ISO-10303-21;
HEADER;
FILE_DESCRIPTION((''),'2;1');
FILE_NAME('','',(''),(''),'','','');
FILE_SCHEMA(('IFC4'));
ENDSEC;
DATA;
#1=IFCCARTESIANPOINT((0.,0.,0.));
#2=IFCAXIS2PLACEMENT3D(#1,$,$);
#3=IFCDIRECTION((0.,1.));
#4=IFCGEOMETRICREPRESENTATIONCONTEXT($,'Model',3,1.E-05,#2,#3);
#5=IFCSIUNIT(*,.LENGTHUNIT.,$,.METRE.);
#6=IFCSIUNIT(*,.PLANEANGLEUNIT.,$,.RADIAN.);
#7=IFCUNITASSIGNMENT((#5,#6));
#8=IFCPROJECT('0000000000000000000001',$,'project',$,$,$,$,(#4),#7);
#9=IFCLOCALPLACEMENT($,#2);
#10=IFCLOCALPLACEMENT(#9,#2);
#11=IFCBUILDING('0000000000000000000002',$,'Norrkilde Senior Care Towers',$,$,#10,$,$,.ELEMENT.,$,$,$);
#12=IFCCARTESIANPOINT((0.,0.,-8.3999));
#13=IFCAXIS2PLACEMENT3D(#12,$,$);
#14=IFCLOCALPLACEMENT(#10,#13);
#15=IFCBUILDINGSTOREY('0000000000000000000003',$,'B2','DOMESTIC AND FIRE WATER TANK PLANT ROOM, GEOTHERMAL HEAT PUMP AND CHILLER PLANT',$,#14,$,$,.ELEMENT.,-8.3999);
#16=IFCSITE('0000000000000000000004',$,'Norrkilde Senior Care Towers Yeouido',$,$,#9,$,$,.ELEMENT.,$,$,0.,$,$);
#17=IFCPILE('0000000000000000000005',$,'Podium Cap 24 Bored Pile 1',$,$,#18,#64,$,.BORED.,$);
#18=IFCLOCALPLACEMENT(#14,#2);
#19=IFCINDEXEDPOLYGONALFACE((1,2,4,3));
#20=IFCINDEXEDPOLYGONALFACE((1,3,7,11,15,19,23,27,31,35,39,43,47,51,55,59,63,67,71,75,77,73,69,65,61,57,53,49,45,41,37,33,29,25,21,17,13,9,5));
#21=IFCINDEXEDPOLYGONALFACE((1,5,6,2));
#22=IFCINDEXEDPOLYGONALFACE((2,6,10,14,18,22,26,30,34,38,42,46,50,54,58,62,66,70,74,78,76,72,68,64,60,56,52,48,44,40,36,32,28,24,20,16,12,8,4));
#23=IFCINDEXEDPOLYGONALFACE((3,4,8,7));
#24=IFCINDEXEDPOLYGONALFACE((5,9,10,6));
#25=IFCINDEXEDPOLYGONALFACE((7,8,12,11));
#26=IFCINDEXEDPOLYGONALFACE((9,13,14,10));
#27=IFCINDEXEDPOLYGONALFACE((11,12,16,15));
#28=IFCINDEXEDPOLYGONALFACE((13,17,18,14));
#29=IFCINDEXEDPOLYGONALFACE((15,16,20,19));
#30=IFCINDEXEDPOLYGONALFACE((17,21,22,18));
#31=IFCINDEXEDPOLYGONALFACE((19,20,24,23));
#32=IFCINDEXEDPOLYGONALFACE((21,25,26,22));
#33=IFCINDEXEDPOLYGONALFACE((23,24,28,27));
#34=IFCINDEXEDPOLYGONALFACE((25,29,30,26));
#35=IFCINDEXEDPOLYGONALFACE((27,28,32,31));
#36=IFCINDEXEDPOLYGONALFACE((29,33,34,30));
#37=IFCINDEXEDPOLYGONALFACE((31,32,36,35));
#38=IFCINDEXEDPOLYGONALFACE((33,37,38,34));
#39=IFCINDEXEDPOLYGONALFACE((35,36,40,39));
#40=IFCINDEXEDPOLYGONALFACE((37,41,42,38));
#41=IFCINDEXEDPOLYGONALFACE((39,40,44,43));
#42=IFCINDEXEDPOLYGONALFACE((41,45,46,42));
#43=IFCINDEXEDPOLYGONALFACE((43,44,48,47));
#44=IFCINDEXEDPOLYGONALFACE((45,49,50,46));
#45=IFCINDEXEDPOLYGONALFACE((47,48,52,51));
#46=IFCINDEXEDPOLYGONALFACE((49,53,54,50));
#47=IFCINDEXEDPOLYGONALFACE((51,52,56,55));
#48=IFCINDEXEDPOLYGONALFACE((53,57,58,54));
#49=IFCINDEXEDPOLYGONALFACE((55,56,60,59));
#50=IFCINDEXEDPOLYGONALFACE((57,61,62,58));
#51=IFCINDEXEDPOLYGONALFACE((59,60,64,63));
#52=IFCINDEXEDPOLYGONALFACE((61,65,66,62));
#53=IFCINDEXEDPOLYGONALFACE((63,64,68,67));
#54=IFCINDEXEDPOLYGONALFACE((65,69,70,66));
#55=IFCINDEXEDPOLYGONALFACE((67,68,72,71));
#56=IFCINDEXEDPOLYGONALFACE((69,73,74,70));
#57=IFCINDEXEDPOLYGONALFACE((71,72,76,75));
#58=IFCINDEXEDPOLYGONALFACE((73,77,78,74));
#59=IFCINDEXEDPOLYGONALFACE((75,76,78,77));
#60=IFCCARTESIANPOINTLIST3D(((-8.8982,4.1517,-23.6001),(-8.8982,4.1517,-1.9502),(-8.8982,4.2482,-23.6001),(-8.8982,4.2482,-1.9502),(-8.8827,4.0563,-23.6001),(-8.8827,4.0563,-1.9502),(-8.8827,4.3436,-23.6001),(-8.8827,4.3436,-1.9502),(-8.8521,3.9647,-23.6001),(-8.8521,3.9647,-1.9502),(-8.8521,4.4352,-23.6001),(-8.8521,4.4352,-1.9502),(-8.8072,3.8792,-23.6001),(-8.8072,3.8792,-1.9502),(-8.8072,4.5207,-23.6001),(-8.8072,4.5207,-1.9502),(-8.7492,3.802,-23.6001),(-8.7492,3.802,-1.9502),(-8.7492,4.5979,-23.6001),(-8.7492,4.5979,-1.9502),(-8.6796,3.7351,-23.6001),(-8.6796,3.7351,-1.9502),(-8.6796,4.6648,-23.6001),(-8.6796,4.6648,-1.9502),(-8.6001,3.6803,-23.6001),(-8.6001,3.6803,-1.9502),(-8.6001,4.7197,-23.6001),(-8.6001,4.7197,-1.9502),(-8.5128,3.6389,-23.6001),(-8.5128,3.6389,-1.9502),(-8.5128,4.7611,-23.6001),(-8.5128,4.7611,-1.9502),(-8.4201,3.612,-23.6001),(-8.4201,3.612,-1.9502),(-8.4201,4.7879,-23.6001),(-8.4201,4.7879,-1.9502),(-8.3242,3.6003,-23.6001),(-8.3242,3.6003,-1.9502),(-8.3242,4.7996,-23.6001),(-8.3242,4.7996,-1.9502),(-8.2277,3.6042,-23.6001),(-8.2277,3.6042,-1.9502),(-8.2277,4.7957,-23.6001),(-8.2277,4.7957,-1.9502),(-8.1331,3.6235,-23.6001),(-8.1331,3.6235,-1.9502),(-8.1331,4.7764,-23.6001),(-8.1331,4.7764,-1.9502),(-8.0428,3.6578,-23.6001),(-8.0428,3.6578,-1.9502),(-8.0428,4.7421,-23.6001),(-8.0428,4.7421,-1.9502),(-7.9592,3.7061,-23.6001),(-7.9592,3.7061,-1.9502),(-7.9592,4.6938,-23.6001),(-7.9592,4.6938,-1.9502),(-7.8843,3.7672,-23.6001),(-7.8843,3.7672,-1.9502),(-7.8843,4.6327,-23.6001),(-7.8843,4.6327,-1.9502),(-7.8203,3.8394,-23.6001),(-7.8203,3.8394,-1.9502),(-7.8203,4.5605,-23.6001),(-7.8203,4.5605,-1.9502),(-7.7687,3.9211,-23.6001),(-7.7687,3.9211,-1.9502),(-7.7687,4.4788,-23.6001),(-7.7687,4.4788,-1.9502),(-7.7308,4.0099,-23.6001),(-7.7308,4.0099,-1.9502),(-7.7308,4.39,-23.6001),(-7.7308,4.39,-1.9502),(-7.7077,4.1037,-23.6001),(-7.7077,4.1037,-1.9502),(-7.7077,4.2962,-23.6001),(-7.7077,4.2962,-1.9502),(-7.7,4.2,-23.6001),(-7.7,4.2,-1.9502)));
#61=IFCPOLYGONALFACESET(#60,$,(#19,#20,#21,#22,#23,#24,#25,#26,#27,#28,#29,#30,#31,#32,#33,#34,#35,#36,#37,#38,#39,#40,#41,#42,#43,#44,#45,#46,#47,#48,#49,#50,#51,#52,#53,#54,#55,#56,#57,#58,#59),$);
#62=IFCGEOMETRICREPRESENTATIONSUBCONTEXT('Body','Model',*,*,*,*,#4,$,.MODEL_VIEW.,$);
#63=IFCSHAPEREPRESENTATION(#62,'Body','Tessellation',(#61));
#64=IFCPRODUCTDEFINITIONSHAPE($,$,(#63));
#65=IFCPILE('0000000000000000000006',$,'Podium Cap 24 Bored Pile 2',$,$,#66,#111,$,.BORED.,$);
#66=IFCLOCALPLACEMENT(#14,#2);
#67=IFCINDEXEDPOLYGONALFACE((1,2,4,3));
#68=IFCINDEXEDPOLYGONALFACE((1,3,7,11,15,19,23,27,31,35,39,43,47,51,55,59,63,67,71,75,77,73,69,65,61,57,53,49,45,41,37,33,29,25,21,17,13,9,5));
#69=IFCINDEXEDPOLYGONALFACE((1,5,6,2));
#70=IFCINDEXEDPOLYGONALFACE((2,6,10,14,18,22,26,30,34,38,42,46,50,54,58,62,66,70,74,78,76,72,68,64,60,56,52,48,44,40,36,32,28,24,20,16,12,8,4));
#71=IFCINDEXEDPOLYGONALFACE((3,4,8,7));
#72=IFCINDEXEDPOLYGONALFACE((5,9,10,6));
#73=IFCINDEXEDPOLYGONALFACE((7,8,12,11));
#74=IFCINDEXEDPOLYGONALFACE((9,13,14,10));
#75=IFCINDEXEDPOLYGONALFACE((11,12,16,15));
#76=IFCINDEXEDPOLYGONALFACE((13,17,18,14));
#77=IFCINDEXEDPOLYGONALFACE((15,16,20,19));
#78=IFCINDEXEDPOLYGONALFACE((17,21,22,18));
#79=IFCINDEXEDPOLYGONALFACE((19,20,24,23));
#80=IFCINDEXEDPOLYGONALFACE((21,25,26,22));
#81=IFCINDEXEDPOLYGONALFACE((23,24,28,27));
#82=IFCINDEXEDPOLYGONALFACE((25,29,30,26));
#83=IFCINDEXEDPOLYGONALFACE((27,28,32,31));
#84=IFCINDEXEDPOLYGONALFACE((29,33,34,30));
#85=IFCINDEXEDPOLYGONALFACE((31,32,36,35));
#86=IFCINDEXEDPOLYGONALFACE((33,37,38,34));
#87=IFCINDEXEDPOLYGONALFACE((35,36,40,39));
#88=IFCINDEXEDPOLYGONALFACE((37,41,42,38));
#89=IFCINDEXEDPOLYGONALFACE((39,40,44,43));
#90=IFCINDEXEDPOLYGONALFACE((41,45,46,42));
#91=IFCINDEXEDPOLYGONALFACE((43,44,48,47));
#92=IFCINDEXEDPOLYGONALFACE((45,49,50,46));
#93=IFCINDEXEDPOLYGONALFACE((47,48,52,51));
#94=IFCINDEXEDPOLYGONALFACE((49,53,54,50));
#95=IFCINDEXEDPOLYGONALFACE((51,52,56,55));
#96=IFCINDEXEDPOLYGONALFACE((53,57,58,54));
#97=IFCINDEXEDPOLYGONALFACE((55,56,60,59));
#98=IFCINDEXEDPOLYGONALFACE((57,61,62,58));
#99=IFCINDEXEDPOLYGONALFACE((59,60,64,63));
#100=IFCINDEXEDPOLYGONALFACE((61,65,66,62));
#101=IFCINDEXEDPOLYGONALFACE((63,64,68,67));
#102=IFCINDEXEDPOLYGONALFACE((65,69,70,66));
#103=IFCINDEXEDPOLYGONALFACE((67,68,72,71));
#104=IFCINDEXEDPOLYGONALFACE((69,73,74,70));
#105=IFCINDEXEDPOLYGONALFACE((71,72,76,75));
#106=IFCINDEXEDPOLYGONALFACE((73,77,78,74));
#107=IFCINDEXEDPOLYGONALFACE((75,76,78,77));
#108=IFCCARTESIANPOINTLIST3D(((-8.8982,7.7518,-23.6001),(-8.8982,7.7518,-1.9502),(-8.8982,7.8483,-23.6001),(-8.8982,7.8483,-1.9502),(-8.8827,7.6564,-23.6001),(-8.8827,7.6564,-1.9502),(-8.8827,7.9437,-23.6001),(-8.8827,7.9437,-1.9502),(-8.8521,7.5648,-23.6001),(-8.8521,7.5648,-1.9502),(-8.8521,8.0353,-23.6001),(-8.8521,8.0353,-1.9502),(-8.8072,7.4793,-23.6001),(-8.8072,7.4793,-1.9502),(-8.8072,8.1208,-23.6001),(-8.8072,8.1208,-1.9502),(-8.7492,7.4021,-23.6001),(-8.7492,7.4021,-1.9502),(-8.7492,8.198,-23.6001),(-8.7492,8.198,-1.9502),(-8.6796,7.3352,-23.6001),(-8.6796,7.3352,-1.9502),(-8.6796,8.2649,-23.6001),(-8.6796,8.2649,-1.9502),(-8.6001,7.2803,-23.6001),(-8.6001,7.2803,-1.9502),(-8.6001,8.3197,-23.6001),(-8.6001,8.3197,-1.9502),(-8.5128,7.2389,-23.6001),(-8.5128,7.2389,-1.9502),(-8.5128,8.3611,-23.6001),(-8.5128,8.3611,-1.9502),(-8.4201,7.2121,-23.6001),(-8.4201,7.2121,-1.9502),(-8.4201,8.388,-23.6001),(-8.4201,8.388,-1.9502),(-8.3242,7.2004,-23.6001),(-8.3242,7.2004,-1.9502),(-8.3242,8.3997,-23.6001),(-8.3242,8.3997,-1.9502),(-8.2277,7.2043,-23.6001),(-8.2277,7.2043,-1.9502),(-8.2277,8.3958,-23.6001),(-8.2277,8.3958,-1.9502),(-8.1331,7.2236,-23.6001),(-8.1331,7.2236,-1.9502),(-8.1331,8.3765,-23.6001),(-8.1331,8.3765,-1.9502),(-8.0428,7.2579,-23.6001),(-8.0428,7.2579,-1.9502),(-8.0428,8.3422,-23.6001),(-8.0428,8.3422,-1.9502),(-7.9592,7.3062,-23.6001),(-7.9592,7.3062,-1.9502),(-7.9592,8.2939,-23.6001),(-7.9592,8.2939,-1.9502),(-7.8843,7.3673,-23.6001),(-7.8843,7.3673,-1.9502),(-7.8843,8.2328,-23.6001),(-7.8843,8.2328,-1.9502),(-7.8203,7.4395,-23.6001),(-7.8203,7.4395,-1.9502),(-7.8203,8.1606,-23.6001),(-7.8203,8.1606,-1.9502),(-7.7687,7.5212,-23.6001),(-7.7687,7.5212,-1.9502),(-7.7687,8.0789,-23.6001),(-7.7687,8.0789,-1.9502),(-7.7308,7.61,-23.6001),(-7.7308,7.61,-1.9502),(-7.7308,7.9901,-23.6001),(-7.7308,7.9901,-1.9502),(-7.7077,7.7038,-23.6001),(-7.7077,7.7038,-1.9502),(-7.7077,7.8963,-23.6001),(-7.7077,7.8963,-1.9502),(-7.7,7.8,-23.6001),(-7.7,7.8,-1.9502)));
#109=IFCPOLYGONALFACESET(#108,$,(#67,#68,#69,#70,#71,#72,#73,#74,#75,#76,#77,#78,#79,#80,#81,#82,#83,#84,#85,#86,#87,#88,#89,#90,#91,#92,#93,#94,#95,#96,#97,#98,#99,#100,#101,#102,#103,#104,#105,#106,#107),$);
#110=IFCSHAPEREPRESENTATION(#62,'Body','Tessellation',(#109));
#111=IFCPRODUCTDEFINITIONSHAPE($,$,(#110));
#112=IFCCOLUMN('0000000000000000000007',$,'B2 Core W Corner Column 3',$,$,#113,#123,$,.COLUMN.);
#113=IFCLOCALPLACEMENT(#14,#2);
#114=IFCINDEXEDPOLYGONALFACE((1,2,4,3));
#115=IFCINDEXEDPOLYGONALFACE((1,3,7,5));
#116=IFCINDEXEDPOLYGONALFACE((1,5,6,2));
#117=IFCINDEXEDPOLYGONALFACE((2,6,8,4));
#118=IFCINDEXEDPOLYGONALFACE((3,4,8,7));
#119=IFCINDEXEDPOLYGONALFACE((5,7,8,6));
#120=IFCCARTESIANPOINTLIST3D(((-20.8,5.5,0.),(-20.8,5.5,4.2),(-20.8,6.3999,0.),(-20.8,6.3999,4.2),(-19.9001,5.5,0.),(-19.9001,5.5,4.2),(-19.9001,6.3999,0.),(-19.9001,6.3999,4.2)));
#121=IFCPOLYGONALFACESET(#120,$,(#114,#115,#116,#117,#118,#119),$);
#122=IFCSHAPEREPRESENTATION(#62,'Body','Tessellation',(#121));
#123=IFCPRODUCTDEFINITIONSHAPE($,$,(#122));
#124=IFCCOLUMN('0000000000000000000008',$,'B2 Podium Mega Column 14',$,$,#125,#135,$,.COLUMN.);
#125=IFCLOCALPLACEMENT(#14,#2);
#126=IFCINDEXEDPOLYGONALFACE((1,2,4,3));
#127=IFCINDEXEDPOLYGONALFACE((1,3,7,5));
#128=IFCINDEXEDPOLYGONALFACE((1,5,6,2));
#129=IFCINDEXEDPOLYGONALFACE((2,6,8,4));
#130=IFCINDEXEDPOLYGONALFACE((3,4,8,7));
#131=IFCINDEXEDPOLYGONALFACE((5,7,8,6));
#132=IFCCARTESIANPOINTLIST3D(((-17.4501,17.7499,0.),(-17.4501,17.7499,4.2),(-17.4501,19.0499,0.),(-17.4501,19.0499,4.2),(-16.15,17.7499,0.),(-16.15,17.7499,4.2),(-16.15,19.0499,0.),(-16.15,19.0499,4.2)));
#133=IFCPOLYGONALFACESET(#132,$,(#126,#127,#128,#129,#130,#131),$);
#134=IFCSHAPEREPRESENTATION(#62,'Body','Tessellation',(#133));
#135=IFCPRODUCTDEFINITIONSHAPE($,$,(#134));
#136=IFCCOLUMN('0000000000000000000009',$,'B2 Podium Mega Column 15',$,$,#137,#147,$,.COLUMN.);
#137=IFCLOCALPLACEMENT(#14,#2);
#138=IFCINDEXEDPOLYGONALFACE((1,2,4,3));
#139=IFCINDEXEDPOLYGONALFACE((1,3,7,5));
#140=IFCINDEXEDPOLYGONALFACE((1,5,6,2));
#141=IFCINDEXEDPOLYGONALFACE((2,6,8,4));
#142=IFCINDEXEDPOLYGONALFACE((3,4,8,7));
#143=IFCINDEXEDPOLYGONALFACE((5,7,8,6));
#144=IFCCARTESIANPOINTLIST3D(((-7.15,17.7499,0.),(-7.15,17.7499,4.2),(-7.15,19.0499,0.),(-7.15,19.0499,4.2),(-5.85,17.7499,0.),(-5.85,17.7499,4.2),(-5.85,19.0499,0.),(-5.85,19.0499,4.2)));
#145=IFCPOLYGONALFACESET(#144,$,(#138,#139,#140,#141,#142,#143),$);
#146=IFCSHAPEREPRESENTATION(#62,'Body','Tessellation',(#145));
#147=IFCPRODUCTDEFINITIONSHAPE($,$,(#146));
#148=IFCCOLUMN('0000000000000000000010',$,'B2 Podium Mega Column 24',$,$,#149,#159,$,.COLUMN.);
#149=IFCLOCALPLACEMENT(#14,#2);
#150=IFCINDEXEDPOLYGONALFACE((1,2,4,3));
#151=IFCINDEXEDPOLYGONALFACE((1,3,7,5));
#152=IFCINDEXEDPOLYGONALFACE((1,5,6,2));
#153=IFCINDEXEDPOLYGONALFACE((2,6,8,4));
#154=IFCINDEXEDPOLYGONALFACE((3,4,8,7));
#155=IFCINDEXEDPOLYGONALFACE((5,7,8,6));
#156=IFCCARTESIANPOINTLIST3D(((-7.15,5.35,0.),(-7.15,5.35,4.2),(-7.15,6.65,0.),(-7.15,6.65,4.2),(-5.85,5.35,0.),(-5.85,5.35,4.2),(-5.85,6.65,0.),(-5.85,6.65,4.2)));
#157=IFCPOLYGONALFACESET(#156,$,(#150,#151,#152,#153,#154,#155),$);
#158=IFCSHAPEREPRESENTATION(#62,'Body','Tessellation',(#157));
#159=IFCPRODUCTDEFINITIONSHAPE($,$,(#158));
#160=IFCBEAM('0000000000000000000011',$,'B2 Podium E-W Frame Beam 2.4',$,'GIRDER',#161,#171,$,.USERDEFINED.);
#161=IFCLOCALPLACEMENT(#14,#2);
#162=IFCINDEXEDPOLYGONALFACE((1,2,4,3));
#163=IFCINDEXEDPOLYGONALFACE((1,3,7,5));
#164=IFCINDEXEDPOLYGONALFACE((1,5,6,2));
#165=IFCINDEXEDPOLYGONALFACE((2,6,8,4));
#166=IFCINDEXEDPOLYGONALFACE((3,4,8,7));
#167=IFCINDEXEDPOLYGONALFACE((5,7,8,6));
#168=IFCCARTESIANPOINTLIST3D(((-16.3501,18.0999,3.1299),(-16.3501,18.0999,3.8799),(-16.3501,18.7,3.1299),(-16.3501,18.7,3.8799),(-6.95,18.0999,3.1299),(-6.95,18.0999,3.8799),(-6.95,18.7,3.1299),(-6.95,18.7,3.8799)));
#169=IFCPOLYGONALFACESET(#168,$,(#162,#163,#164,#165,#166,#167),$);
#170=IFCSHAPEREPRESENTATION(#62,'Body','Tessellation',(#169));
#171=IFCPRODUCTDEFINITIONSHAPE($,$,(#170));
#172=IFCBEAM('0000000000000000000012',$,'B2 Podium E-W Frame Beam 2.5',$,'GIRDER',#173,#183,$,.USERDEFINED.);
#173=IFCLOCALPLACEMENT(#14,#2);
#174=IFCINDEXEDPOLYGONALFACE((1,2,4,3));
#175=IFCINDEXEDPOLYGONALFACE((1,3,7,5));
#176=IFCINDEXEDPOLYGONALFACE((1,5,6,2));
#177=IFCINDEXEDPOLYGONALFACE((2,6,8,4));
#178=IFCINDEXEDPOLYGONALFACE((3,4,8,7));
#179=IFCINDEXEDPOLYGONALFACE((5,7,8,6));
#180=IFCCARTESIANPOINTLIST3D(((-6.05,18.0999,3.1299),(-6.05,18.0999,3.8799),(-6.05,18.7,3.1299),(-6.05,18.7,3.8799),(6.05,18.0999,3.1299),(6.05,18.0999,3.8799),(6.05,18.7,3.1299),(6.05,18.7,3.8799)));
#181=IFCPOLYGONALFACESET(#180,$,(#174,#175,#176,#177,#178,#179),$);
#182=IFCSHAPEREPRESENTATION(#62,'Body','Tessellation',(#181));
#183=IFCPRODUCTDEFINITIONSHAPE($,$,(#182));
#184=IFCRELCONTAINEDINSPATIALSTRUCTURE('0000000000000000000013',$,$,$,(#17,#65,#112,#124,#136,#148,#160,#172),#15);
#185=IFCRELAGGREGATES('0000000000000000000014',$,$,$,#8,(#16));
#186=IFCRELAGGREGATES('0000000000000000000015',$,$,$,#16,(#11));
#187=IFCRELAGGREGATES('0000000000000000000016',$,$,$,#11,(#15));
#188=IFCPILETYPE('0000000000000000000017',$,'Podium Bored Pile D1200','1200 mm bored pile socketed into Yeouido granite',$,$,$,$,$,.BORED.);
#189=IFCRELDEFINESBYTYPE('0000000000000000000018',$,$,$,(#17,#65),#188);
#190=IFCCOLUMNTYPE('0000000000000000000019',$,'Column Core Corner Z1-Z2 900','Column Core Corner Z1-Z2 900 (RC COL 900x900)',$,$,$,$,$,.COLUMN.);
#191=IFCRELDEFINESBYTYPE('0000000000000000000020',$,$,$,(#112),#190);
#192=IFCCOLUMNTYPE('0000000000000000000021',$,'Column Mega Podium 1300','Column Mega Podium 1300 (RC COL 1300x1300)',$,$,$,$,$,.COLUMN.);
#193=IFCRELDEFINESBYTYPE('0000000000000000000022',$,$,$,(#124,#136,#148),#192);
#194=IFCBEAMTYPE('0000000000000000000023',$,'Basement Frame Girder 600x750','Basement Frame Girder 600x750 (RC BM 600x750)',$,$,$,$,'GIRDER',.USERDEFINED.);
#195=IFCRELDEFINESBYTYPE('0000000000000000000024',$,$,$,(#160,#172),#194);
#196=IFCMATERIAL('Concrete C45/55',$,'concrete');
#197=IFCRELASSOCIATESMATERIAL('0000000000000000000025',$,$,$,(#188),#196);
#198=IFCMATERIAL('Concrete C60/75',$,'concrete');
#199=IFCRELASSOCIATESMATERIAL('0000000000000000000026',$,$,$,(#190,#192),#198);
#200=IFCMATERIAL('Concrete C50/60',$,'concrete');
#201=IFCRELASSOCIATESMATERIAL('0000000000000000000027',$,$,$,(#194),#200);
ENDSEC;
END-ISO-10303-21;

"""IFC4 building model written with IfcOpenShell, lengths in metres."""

from ifc_helpers import new_model, si_unit, direction, frame, origin, origin_2d, place, context, subcontext, project, spatial, rectangle, circle, extrude, source, transform, mapped, material, material_profile, profile_set, type_object, type_shapes, element, save


model = new_model("IFC4")

# Units and contexts
model_context = context("Model", 3, precision=1e-05, world=origin(), true_north=direction((0.0, 1.0)))
body_context = subcontext(model_context, "Body", "Model", "MODEL_VIEW")
ifc_project = project(units=[si_unit("LENGTHUNIT", "METRE"), si_unit("PLANEANGLEUNIT", "RADIAN")], contexts=[model_context])

# Site, building, storey
site_placement = place(None, origin())
site = spatial("IfcSite", under=ifc_project, at=site_placement, Name="Norrkilde Senior Care Towers Yeouido", CompositionType="ELEMENT", RefElevation=0.0)
building_placement = place(site_placement, origin())
building = spatial("IfcBuilding", under=site, at=building_placement, Name="Norrkilde Senior Care Towers", CompositionType="ELEMENT")
storey_placement = place(building_placement, frame((0.0, 0.0, -8.3999)))
storey = spatial("IfcBuildingStorey", under=building, at=storey_placement, Name="B2", Description="DOMESTIC AND FIRE WATER TANK PLANT ROOM, GEOTHERMAL HEAT PUMP AND CHILLER PLANT", CompositionType="ELEMENT", Elevation=-8.3999)

# Piles
ifc_material_1 = material(Name="Concrete C45/55", Category="concrete")
ifc_material_profile_1 = material_profile(ifc_material_1, circle(Radius=0.6001, at=origin_2d()), Name="BORED PILE 1200")
ifc_profile_set_1 = profile_set([ifc_material_profile_1], Name="Concrete C45/55")
pile_type_1 = type_object("IfcPileType", Name="Podium Bored Pile D1200", Description="1200 mm bored pile socketed into Yeouido granite", PredefinedType="BORED", material=ifc_profile_set_1)
shared_shape_1 = source(origin(), body_context, "Body", "SweptSolid", [
    extrude(circle(Radius=0.6001, at=origin_2d()), origin(), (0.0, 0.0, 1.0), 21.6499),
])
for number, where, z_axis, x_axis, name in (
    (1, (-8.3, 4.2, -1.9502), (0.0, 0.0, -1.0), (1.0, 0.0, 0.0), "Podium Cap 24 Bored Pile 1"),
    (2, (-8.3, 7.8, -1.9502), (0.0, 0.0, -1.0), (1.0, 0.0, 0.0), "Podium Cap 24 Bored Pile 2"),
):
    element("IfcPile", number, at=place(storey_placement, frame(where, z_axis=z_axis, x_axis=x_axis)), inside=storey, type_object=pile_type_1, Name=name, PredefinedType="BORED", context=body_context, shape_type="MappedRepresentation", body=[
        mapped(shared_shape_1, transform((0.0, 0.0, 0.0), x_axis=(1.0, 0.0, 0.0), y_axis=(0.0, 1.0, 0.0), z_axis=(0.0, 0.0, 1.0), scale=1.0)),
    ])

# Columns
ifc_material_2 = material(Name="Concrete C60/75", Category="concrete")
ifc_material_profile_2 = material_profile(ifc_material_2, rectangle(XDim=0.8999, YDim=0.8999, at=origin_2d()), Name="RC COL 900x900")
ifc_profile_set_2 = profile_set([ifc_material_profile_2], Name="Concrete C60/75")
column_type_1 = type_object("IfcColumnType", Name="Column Core Corner Z1-Z2 900", Description="Column Core Corner Z1-Z2 900 (RC COL 900x900)", PredefinedType="COLUMN", material=ifc_profile_set_2)
shared_shape_2 = source(origin(), body_context, "Body", "SweptSolid", [
    extrude(rectangle(XDim=0.8999, YDim=0.8999, at=origin_2d()), origin(), (0.0, 0.0, 1.0), 4.2),
])
type_shapes(column_type_1, [shared_shape_2])
column_placement = place(storey_placement, frame((-20.3501, 5.95, 0.0), z_axis=(0.0, 0.0, 1.0), x_axis=(1.0, 0.0, 0.0)))
element("IfcColumn", 3, at=column_placement, inside=storey, type_object=column_type_1, Name="B2 Core W Corner Column 3", PredefinedType="COLUMN", context=body_context, shape_type="MappedRepresentation", body=[
    mapped(shared_shape_2, transform((0.0, 0.0, 0.0), x_axis=(1.0, 0.0, 0.0), y_axis=(0.0, 1.0, 0.0), z_axis=(0.0, 0.0, 1.0), scale=1.0)),
])
ifc_material_profile_3 = material_profile(ifc_material_2, rectangle(XDim=1.3, YDim=1.3, at=origin_2d()), Name="RC COL 1300x1300")
ifc_profile_set_3 = profile_set([ifc_material_profile_3], Name="Concrete C60/75")
column_type_2 = type_object("IfcColumnType", Name="Column Mega Podium 1300", Description="Column Mega Podium 1300 (RC COL 1300x1300)", PredefinedType="COLUMN", material=ifc_profile_set_3)
shared_shape_3 = source(origin(), body_context, "Body", "SweptSolid", [
    extrude(rectangle(XDim=1.3, YDim=1.3, at=origin_2d()), origin(), (0.0, 0.0, 1.0), 4.2),
])
type_shapes(column_type_2, [shared_shape_3])
for number, where, z_axis, x_axis, name in (
    (4, (-16.8, 18.3999, 0.0), (0.0, 0.0, 1.0), (1.0, 0.0, 0.0), "B2 Podium Mega Column 14"),
    (5, (-6.5, 18.3999, 0.0), (0.0, 0.0, 1.0), (1.0, 0.0, 0.0), "B2 Podium Mega Column 15"),
    (6, (-6.5, 6.0, 0.0), (0.0, 0.0, 1.0), (1.0, 0.0, 0.0), "B2 Podium Mega Column 24"),
):
    element("IfcColumn", number, at=place(storey_placement, frame(where, z_axis=z_axis, x_axis=x_axis)), inside=storey, type_object=column_type_2, Name=name, PredefinedType="COLUMN", context=body_context, shape_type="MappedRepresentation", body=[
        mapped(shared_shape_3, transform((0.0, 0.0, 0.0), x_axis=(1.0, 0.0, 0.0), y_axis=(0.0, 1.0, 0.0), z_axis=(0.0, 0.0, 1.0), scale=1.0)),
    ])

# Beams
ifc_material_3 = material(Name="Concrete C50/60", Category="concrete")
ifc_material_profile_4 = material_profile(ifc_material_3, rectangle(XDim=0.6001, YDim=0.75, at=origin_2d()), Name="RC BM 600x750")
ifc_profile_set_4 = profile_set([ifc_material_profile_4], Name="Concrete C50/60")
beam_type_1 = type_object("IfcBeamType", Name="Basement Frame Girder 600x750", Description="Basement Frame Girder 600x750 (RC BM 600x750)", ElementType="GIRDER", PredefinedType="USERDEFINED", material=ifc_profile_set_4)
shared_shape_4 = source(origin(), body_context, "Body", "SweptSolid", [
    extrude(rectangle(XDim=0.6001, YDim=0.75, at=origin_2d()), origin(), (0.0, 0.0, 1.0), 9.4001),
])
beam_1_placement = place(storey_placement, frame((-16.3501, 18.3999, 3.5049), z_axis=(1.0, 0.0, 0.0), x_axis=(0.0, 1.0, 0.0)))
element("IfcBeam", 7, at=beam_1_placement, inside=storey, type_object=beam_type_1, Name="B2 Podium E-W Frame Beam 2.4", ObjectType="GIRDER", PredefinedType="USERDEFINED", context=body_context, shape_type="MappedRepresentation", body=[
    mapped(shared_shape_4, transform((0.0, 0.0, 0.0), x_axis=(1.0, 0.0, 0.0), y_axis=(0.0, 1.0, 0.0), z_axis=(0.0, 0.0, 1.0), scale=1.0)),
])
shared_shape_5 = source(origin(), body_context, "Body", "SweptSolid", [
    extrude(rectangle(XDim=0.6001, YDim=0.75, at=origin_2d()), origin(), (0.0, 0.0, 1.0), 12.1001),
])
beam_2_placement = place(storey_placement, frame((-6.05, 18.3999, 3.5049), z_axis=(1.0, 0.0, 0.0), x_axis=(0.0, 1.0, 0.0)))
element("IfcBeam", 8, at=beam_2_placement, inside=storey, type_object=beam_type_1, Name="B2 Podium E-W Frame Beam 2.5", ObjectType="GIRDER", PredefinedType="USERDEFINED", context=body_context, shape_type="MappedRepresentation", body=[
    mapped(shared_shape_5, transform((0.0, 0.0, 0.0), x_axis=(1.0, 0.0, 0.0), y_axis=(0.0, 1.0, 0.0), z_axis=(0.0, 0.0, 1.0), scale=1.0)),
])

save(model, "model.ifc")
